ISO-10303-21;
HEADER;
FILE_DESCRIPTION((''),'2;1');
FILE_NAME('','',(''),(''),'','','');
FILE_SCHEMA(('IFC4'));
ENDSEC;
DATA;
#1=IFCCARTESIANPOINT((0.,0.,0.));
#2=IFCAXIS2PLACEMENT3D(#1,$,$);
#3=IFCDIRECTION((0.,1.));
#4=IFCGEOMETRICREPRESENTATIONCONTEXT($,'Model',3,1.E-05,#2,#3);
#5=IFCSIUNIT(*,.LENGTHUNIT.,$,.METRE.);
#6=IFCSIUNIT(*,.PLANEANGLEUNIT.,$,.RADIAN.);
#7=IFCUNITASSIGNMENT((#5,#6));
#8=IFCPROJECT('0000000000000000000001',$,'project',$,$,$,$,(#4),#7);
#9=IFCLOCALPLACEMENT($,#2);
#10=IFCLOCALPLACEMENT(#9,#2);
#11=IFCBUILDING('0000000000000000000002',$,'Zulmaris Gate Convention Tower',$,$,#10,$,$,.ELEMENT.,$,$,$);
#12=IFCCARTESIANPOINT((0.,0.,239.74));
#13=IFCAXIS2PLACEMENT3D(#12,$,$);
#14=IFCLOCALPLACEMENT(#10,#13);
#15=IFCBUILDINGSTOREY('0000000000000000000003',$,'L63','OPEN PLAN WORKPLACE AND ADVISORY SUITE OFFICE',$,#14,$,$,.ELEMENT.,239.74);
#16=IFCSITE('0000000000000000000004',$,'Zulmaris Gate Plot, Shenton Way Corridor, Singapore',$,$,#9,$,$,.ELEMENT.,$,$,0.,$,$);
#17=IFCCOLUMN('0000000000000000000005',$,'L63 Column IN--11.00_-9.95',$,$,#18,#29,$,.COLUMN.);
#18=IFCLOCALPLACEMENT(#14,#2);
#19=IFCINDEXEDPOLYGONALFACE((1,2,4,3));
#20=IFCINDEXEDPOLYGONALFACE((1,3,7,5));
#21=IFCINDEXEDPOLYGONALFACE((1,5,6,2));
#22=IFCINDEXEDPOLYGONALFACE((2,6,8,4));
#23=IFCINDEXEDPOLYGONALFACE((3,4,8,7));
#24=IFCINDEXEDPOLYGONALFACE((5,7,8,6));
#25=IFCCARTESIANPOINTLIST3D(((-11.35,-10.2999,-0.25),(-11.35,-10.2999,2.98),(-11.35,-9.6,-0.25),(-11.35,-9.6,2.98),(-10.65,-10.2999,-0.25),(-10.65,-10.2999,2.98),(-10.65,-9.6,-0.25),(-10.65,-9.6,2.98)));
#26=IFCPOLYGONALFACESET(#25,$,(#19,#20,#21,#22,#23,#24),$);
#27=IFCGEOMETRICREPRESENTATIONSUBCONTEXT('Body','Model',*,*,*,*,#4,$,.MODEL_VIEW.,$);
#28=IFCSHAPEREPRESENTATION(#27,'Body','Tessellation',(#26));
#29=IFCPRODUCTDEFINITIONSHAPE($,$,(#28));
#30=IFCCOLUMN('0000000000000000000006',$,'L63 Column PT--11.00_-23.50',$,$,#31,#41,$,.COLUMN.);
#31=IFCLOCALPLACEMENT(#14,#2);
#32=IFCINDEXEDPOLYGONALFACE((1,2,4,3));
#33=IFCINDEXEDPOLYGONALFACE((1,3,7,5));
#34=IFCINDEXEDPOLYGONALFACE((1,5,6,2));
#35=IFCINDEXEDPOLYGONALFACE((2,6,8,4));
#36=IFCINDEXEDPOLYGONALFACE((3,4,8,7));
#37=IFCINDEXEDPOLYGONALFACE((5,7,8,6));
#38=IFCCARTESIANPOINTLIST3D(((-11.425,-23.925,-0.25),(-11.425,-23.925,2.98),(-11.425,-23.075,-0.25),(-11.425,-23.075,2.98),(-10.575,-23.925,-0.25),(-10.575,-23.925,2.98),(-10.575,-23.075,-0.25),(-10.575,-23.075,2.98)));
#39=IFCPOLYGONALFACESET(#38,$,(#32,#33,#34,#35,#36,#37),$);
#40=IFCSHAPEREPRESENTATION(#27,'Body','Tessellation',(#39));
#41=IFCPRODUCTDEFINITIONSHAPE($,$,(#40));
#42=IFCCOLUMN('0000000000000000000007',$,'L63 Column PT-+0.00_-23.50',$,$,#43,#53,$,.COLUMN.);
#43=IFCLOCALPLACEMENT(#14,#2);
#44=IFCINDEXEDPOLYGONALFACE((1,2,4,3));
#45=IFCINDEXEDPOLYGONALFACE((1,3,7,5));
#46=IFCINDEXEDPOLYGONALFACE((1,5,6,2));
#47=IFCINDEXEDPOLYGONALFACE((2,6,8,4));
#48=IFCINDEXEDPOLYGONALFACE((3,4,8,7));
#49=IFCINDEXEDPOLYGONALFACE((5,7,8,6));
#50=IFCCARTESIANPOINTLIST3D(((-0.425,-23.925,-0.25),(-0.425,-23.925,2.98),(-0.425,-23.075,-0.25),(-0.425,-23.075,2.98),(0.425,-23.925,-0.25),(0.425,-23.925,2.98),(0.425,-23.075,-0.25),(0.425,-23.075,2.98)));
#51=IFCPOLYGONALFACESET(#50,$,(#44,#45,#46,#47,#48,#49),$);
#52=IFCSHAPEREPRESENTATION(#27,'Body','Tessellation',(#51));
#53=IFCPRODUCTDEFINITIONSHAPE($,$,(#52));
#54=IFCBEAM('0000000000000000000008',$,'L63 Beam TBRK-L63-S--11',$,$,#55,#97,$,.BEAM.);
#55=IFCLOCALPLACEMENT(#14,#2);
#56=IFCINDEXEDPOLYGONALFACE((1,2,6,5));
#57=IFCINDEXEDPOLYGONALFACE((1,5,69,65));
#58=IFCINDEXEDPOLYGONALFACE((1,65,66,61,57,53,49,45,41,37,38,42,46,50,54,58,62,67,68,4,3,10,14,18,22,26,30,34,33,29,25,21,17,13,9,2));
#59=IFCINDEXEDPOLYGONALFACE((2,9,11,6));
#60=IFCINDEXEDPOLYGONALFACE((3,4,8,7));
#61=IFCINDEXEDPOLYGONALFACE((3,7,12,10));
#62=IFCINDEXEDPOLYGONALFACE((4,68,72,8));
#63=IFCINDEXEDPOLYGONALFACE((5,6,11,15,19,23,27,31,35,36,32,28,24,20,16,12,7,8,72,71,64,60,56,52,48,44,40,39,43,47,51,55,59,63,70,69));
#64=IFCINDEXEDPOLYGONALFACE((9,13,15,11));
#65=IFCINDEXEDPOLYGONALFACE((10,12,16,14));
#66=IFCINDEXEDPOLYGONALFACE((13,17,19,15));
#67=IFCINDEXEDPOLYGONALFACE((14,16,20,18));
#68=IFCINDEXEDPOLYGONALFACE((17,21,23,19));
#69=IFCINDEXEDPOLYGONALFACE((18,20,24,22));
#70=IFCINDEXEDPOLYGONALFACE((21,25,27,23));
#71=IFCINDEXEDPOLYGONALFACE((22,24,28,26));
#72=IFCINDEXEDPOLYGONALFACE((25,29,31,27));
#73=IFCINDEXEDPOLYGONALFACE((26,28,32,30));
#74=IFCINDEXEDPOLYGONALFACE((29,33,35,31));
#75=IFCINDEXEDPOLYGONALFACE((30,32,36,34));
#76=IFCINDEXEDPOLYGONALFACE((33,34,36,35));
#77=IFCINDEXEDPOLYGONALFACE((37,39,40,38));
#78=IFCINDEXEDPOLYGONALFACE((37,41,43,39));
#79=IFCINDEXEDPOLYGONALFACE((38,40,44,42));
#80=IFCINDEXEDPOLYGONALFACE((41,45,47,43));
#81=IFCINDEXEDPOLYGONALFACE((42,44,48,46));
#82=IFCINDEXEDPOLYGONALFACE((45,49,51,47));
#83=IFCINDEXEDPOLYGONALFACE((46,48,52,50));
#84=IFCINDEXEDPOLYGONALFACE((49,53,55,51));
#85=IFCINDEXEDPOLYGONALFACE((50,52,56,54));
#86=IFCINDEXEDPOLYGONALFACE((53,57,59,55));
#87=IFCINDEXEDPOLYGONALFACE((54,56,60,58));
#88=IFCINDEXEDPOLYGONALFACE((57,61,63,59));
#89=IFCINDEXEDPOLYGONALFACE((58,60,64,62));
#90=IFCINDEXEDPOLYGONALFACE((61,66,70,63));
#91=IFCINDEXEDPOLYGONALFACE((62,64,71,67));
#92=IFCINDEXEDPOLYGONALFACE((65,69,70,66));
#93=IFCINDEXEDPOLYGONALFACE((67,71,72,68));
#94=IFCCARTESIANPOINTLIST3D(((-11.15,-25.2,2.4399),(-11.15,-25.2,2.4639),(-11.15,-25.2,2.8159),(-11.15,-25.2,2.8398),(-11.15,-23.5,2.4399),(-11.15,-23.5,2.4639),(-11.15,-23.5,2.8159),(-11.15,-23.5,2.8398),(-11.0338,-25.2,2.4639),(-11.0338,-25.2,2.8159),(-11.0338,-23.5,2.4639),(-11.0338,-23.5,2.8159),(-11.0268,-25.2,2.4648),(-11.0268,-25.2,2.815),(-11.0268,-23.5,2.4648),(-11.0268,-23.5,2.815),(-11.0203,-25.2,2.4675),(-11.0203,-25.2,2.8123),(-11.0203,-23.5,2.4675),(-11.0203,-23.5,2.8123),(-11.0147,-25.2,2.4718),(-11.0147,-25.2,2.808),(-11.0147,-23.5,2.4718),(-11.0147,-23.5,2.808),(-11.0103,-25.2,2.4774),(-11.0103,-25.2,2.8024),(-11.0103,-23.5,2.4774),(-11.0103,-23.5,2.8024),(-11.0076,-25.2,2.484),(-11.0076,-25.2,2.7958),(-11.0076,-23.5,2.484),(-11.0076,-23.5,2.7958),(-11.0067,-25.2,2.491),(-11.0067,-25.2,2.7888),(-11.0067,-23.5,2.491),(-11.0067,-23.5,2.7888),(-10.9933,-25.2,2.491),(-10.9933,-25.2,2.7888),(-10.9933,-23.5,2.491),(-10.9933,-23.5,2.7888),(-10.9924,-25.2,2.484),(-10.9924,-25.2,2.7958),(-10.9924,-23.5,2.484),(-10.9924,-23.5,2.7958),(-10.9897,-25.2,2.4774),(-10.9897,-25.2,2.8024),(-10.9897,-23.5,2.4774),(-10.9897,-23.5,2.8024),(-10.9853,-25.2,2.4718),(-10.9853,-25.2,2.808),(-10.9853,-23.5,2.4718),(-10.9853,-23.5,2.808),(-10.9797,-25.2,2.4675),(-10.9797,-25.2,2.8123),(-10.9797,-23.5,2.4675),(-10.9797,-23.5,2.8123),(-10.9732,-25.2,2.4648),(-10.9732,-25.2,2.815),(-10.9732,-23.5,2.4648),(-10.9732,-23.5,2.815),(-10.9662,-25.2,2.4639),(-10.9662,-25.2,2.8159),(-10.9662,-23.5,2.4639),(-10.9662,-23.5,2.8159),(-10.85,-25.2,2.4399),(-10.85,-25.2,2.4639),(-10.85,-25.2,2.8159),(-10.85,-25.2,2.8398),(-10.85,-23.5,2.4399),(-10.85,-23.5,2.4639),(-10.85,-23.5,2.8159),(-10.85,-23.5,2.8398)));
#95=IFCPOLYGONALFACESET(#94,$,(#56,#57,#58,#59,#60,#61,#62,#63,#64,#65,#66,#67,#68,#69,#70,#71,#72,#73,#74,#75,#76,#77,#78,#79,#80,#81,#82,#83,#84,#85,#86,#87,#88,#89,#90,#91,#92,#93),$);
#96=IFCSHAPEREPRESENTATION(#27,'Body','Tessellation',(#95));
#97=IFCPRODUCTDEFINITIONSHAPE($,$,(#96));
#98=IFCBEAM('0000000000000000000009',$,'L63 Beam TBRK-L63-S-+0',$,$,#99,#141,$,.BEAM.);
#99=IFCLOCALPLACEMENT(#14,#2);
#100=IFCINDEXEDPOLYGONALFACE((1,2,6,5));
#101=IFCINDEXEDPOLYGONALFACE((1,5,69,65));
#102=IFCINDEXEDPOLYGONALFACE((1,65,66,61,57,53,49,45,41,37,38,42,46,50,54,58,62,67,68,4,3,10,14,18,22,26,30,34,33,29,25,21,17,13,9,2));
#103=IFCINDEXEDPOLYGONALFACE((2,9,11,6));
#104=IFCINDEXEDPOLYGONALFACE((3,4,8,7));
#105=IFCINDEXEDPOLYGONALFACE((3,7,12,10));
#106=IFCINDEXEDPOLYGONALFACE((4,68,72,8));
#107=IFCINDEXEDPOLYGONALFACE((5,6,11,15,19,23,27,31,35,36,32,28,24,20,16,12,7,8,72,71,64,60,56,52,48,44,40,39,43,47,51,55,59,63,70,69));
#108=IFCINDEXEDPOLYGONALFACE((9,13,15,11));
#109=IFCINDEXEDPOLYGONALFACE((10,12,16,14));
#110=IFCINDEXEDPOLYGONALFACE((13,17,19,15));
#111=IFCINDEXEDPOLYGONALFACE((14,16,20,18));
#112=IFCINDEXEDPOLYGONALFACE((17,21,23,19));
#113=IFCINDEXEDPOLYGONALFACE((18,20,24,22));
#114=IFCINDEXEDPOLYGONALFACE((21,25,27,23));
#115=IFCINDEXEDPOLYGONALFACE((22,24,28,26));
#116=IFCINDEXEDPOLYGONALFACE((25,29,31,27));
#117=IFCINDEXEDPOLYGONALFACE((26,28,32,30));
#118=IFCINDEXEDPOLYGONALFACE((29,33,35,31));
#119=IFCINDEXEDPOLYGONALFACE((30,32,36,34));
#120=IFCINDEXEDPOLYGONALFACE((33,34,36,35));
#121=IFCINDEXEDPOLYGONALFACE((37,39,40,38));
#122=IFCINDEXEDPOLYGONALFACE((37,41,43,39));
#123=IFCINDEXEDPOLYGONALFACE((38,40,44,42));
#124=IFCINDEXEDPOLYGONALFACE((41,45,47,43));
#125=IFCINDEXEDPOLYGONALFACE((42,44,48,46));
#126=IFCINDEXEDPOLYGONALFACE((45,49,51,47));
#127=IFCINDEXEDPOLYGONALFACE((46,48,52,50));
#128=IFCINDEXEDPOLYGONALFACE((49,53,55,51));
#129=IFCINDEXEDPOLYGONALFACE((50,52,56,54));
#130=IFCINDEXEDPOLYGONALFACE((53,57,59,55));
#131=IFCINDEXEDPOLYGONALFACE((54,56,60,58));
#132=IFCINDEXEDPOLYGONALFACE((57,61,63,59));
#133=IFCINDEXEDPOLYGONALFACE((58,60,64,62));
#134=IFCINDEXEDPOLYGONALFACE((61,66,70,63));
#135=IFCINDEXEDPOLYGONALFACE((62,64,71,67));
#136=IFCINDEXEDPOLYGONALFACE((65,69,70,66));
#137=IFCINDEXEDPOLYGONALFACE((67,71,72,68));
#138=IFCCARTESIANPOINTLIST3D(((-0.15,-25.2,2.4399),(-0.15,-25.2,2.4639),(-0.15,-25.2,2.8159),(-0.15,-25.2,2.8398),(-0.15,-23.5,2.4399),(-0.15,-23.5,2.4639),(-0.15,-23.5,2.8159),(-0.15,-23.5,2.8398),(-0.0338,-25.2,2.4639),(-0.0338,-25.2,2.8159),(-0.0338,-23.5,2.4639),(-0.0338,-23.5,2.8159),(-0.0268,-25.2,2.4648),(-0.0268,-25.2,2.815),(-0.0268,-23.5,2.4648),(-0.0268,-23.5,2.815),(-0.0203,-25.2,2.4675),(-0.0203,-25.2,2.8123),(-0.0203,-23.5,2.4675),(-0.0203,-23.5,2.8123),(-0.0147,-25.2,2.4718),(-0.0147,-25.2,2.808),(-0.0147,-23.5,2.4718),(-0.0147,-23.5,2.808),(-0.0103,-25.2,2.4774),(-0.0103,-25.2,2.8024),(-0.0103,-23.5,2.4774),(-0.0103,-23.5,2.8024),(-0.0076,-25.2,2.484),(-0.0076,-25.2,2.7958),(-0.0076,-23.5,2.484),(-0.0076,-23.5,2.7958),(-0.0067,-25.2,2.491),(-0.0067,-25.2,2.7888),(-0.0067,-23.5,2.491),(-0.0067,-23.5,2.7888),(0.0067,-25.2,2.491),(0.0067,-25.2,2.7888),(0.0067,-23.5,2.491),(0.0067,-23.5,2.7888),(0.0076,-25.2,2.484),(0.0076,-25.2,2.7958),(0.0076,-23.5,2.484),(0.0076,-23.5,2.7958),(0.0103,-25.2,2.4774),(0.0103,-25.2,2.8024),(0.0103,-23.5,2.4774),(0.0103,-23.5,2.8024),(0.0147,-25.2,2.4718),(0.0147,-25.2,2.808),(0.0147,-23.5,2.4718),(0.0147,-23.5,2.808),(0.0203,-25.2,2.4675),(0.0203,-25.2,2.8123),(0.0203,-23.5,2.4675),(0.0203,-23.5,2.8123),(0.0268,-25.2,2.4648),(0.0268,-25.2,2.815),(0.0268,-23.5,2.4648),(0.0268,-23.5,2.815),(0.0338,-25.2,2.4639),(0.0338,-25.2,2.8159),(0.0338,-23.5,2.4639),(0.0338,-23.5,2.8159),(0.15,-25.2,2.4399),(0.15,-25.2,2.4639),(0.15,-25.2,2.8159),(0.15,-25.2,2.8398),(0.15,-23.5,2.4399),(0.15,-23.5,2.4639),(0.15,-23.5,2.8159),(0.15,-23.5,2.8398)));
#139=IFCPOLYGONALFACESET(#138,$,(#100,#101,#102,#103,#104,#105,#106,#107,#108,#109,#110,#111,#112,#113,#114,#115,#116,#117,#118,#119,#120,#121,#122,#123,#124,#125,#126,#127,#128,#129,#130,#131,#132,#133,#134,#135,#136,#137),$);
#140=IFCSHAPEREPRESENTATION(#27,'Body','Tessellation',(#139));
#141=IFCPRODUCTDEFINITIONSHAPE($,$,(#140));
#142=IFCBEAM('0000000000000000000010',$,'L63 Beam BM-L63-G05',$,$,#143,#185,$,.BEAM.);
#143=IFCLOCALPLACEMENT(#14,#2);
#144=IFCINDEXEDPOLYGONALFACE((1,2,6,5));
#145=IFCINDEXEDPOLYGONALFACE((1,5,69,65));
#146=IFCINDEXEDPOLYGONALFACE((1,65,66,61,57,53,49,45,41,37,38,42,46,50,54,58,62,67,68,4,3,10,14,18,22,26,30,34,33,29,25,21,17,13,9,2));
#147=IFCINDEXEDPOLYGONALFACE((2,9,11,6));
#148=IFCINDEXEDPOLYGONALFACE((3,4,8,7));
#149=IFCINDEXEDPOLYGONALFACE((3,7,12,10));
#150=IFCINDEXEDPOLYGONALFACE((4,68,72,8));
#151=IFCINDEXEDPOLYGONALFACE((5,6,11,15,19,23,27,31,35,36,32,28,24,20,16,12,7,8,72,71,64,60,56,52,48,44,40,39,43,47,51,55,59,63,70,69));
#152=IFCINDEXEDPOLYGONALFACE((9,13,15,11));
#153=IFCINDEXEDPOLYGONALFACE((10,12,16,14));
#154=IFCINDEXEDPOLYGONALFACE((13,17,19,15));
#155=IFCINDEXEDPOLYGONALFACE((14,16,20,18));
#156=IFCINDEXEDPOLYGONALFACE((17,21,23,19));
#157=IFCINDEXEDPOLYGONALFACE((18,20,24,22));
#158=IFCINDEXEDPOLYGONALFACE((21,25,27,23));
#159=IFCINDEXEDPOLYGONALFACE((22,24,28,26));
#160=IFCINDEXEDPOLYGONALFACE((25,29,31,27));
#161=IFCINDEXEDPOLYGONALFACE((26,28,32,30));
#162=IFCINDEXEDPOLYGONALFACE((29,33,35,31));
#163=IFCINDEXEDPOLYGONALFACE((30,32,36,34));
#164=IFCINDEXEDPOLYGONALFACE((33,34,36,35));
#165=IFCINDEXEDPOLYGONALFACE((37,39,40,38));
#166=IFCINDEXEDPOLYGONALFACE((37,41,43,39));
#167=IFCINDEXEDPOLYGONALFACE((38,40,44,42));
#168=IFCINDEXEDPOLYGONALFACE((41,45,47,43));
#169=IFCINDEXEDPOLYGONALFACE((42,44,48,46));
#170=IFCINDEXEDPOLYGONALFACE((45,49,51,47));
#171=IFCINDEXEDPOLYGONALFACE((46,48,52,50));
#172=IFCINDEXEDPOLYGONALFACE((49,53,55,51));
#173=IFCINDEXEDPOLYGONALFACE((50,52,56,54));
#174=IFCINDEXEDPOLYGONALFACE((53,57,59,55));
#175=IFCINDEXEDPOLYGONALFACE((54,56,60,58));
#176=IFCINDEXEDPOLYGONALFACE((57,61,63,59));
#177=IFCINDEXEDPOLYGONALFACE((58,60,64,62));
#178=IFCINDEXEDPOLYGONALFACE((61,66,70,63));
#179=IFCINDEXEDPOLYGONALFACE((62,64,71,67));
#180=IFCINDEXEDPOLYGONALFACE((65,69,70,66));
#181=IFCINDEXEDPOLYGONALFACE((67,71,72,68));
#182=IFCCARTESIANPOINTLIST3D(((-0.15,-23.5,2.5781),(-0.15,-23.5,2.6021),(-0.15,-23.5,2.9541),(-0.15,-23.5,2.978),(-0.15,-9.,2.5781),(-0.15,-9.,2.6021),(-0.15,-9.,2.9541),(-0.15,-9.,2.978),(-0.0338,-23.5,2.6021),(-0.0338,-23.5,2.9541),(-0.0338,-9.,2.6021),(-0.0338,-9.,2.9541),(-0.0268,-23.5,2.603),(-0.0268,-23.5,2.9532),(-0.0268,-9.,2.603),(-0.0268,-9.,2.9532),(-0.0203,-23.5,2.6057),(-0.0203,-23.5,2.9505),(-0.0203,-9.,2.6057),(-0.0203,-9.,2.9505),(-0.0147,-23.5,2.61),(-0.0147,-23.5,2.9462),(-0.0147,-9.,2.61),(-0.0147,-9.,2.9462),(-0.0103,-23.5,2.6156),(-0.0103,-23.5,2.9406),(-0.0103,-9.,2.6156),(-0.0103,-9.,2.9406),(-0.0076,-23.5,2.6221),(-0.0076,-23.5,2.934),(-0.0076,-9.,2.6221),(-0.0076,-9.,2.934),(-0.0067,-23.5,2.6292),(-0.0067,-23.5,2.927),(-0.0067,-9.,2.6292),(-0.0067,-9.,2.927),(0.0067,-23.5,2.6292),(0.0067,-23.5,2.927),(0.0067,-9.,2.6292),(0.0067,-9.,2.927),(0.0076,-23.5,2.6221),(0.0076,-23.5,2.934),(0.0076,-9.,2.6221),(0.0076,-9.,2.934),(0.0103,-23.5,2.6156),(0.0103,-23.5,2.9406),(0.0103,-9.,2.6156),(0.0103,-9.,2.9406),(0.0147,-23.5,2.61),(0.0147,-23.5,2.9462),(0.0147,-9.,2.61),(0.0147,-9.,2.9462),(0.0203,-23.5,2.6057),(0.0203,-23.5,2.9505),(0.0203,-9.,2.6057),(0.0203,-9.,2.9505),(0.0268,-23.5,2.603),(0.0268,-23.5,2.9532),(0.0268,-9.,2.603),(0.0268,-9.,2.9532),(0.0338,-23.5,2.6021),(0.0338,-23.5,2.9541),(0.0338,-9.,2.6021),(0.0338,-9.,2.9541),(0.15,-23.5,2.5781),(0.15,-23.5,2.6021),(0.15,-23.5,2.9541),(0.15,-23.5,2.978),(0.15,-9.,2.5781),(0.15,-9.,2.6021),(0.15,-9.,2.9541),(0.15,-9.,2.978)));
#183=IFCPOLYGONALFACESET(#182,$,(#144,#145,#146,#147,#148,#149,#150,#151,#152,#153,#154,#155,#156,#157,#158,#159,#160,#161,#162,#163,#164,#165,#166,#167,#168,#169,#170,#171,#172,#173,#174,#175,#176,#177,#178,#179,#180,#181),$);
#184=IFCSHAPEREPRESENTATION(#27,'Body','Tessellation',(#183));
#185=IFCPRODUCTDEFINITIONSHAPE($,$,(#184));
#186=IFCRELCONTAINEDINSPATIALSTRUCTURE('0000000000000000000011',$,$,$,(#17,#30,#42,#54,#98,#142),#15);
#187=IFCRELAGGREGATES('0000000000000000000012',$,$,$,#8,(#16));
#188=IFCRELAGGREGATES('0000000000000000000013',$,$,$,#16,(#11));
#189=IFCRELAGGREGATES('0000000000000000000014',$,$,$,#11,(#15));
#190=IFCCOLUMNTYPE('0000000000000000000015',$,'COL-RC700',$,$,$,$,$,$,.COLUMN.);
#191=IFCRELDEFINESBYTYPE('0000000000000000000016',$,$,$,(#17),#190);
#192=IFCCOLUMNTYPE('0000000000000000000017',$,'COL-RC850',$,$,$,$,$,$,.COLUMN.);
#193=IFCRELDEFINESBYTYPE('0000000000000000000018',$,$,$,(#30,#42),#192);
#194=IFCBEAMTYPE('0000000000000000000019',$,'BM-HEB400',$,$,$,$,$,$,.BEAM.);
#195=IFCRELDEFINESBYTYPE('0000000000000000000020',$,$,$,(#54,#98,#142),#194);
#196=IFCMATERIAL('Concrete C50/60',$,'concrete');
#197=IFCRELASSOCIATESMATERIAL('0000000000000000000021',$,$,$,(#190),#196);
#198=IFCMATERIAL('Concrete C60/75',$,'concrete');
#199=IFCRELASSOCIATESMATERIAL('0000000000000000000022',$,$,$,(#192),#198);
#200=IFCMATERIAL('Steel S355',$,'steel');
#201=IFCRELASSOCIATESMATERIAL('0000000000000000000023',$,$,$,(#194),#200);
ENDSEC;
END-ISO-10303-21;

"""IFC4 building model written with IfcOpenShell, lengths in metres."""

from ifc_helpers import new_model, si_unit, direction, frame, origin, origin_2d, place, context, subcontext, project, spatial, rectangle, i_section, extrude, material, material_profile, profile_set, type_object, element, save


model = new_model("IFC4")

# Units and contexts
model_context = context("Model", 3, precision=1e-05, world=origin(), true_north=direction((0.0, 1.0)))
body_context = subcontext(model_context, "Body", "Model", "MODEL_VIEW")
ifc_project = project(units=[si_unit("LENGTHUNIT", "METRE"), si_unit("PLANEANGLEUNIT", "RADIAN")], contexts=[model_context])

# Site, building, storey
site_placement = place(None, origin())
site = spatial("IfcSite", under=ifc_project, at=site_placement, Name="Zulmaris Gate Plot, Shenton Way Corridor, Singapore", CompositionType="ELEMENT", RefElevation=0.0)
building_placement = place(site_placement, origin())
building = spatial("IfcBuilding", under=site, at=building_placement, Name="Zulmaris Gate Convention Tower", CompositionType="ELEMENT")
storey_placement = place(building_placement, frame((0.0, 0.0, 239.74)))
storey = spatial("IfcBuildingStorey", under=building, at=storey_placement, Name="L63", Description="OPEN PLAN WORKPLACE AND ADVISORY SUITE OFFICE", CompositionType="ELEMENT", Elevation=239.74)

# Columns
ifc_material_1 = material(Name="Concrete C50/60", Category="concrete")
ifc_material_profile_1 = material_profile(ifc_material_1, rectangle(XDim=0.7, YDim=0.7, at=origin_2d()), Name="RC COL 700x700")
ifc_profile_set_1 = profile_set([ifc_material_profile_1], Name="Concrete C50/60")
column_type_1 = type_object("IfcColumnType", Name="COL-RC700", PredefinedType="COLUMN", material=ifc_profile_set_1)
column_placement = place(storey_placement, frame((-11.0, -9.95, -0.25), z_axis=(0.0, 0.0, 1.0), x_axis=(1.0, 0.0, 0.0)))
element("IfcColumn", 1, at=column_placement, inside=storey, type_object=column_type_1, Name="L63 Column IN--11.00_-9.95", PredefinedType="COLUMN", context=body_context, shape_type="SweptSolid", body=[
    extrude(rectangle(XDim=0.7, YDim=0.7, at=origin_2d()), origin(), (0.0, 0.0, 1.0), 3.23),
])
ifc_material_2 = material(Name="Concrete C60/75", Category="concrete")
ifc_material_profile_2 = material_profile(ifc_material_2, rectangle(XDim=0.8501, YDim=0.8501, at=origin_2d()), Name="RC COL 850x850")
ifc_profile_set_2 = profile_set([ifc_material_profile_2], Name="Concrete C60/75")
column_type_2 = type_object("IfcColumnType", Name="COL-RC850", PredefinedType="COLUMN", material=ifc_profile_set_2)
for number, where, z_axis, x_axis, name in (
    (2, (-11.0, -23.5, -0.25), (0.0, 0.0, 1.0), (1.0, 0.0, 0.0), "L63 Column PT--11.00_-23.50"),
    (3, (0.0, -23.5, -0.25), (0.0, 0.0, 1.0), (1.0, 0.0, 0.0), "L63 Column PT-+0.00_-23.50"),
):
    element("IfcColumn", number, at=place(storey_placement, frame(where, z_axis=z_axis, x_axis=x_axis)), inside=storey, type_object=column_type_2, Name=name, PredefinedType="COLUMN", context=body_context, shape_type="SweptSolid", body=[
        extrude(rectangle(XDim=0.8501, YDim=0.8501, at=origin_2d()), origin(), (0.0, 0.0, 1.0), 3.23),
    ])

# Beams
ifc_material_3 = material(Name="Steel S355", Category="steel")
ifc_material_profile_3 = material_profile(ifc_material_3, i_section(OverallWidth=0.3, OverallDepth=0.3999, WebThickness=0.0134, FlangeThickness=0.0239, FilletRadius=0.0271, at=origin_2d()), Name="HEB 400")
ifc_profile_set_3 = profile_set([ifc_material_profile_3], Name="Steel S355")
beam_type_1 = type_object("IfcBeamType", Name="BM-HEB400", PredefinedType="BEAM", material=ifc_profile_set_3)
for number, where, z_axis, x_axis, name in (
    (4, (-11.0, -25.2, 2.6399), (0.0, 1.0, 0.0), (-1.0, 0.0, 0.0), "L63 Beam TBRK-L63-S--11"),
    (5, (0.0, -25.2, 2.6399), (0.0, 1.0, 0.0), (-1.0, 0.0, 0.0), "L63 Beam TBRK-L63-S-+0"),
):
    element("IfcBeam", number, at=place(storey_placement, frame(where, z_axis=z_axis, x_axis=x_axis)), inside=storey, type_object=beam_type_1, Name=name, PredefinedType="BEAM", context=body_context, shape_type="SweptSolid", body=[
        extrude(i_section(OverallWidth=0.3, OverallDepth=0.3999, WebThickness=0.0134, FlangeThickness=0.0239, FilletRadius=0.0271, at=origin_2d()), origin(), (0.0, 0.0, 1.0), 1.7),
    ])
beam_1_placement = place(storey_placement, frame((0.0, -23.5, 2.7781), z_axis=(0.0, 1.0, 0.0), x_axis=(-1.0, 0.0, 0.0)))
element("IfcBeam", 6, at=beam_1_placement, inside=storey, type_object=beam_type_1, Name="L63 Beam BM-L63-G05", PredefinedType="BEAM", context=body_context, shape_type="SweptSolid", body=[
    extrude(i_section(OverallWidth=0.3, OverallDepth=0.3999, WebThickness=0.0134, FlangeThickness=0.0239, FilletRadius=0.0271, at=origin_2d()), origin(), (0.0, 0.0, 1.0), 14.5),
])

save(model, "model.ifc")
